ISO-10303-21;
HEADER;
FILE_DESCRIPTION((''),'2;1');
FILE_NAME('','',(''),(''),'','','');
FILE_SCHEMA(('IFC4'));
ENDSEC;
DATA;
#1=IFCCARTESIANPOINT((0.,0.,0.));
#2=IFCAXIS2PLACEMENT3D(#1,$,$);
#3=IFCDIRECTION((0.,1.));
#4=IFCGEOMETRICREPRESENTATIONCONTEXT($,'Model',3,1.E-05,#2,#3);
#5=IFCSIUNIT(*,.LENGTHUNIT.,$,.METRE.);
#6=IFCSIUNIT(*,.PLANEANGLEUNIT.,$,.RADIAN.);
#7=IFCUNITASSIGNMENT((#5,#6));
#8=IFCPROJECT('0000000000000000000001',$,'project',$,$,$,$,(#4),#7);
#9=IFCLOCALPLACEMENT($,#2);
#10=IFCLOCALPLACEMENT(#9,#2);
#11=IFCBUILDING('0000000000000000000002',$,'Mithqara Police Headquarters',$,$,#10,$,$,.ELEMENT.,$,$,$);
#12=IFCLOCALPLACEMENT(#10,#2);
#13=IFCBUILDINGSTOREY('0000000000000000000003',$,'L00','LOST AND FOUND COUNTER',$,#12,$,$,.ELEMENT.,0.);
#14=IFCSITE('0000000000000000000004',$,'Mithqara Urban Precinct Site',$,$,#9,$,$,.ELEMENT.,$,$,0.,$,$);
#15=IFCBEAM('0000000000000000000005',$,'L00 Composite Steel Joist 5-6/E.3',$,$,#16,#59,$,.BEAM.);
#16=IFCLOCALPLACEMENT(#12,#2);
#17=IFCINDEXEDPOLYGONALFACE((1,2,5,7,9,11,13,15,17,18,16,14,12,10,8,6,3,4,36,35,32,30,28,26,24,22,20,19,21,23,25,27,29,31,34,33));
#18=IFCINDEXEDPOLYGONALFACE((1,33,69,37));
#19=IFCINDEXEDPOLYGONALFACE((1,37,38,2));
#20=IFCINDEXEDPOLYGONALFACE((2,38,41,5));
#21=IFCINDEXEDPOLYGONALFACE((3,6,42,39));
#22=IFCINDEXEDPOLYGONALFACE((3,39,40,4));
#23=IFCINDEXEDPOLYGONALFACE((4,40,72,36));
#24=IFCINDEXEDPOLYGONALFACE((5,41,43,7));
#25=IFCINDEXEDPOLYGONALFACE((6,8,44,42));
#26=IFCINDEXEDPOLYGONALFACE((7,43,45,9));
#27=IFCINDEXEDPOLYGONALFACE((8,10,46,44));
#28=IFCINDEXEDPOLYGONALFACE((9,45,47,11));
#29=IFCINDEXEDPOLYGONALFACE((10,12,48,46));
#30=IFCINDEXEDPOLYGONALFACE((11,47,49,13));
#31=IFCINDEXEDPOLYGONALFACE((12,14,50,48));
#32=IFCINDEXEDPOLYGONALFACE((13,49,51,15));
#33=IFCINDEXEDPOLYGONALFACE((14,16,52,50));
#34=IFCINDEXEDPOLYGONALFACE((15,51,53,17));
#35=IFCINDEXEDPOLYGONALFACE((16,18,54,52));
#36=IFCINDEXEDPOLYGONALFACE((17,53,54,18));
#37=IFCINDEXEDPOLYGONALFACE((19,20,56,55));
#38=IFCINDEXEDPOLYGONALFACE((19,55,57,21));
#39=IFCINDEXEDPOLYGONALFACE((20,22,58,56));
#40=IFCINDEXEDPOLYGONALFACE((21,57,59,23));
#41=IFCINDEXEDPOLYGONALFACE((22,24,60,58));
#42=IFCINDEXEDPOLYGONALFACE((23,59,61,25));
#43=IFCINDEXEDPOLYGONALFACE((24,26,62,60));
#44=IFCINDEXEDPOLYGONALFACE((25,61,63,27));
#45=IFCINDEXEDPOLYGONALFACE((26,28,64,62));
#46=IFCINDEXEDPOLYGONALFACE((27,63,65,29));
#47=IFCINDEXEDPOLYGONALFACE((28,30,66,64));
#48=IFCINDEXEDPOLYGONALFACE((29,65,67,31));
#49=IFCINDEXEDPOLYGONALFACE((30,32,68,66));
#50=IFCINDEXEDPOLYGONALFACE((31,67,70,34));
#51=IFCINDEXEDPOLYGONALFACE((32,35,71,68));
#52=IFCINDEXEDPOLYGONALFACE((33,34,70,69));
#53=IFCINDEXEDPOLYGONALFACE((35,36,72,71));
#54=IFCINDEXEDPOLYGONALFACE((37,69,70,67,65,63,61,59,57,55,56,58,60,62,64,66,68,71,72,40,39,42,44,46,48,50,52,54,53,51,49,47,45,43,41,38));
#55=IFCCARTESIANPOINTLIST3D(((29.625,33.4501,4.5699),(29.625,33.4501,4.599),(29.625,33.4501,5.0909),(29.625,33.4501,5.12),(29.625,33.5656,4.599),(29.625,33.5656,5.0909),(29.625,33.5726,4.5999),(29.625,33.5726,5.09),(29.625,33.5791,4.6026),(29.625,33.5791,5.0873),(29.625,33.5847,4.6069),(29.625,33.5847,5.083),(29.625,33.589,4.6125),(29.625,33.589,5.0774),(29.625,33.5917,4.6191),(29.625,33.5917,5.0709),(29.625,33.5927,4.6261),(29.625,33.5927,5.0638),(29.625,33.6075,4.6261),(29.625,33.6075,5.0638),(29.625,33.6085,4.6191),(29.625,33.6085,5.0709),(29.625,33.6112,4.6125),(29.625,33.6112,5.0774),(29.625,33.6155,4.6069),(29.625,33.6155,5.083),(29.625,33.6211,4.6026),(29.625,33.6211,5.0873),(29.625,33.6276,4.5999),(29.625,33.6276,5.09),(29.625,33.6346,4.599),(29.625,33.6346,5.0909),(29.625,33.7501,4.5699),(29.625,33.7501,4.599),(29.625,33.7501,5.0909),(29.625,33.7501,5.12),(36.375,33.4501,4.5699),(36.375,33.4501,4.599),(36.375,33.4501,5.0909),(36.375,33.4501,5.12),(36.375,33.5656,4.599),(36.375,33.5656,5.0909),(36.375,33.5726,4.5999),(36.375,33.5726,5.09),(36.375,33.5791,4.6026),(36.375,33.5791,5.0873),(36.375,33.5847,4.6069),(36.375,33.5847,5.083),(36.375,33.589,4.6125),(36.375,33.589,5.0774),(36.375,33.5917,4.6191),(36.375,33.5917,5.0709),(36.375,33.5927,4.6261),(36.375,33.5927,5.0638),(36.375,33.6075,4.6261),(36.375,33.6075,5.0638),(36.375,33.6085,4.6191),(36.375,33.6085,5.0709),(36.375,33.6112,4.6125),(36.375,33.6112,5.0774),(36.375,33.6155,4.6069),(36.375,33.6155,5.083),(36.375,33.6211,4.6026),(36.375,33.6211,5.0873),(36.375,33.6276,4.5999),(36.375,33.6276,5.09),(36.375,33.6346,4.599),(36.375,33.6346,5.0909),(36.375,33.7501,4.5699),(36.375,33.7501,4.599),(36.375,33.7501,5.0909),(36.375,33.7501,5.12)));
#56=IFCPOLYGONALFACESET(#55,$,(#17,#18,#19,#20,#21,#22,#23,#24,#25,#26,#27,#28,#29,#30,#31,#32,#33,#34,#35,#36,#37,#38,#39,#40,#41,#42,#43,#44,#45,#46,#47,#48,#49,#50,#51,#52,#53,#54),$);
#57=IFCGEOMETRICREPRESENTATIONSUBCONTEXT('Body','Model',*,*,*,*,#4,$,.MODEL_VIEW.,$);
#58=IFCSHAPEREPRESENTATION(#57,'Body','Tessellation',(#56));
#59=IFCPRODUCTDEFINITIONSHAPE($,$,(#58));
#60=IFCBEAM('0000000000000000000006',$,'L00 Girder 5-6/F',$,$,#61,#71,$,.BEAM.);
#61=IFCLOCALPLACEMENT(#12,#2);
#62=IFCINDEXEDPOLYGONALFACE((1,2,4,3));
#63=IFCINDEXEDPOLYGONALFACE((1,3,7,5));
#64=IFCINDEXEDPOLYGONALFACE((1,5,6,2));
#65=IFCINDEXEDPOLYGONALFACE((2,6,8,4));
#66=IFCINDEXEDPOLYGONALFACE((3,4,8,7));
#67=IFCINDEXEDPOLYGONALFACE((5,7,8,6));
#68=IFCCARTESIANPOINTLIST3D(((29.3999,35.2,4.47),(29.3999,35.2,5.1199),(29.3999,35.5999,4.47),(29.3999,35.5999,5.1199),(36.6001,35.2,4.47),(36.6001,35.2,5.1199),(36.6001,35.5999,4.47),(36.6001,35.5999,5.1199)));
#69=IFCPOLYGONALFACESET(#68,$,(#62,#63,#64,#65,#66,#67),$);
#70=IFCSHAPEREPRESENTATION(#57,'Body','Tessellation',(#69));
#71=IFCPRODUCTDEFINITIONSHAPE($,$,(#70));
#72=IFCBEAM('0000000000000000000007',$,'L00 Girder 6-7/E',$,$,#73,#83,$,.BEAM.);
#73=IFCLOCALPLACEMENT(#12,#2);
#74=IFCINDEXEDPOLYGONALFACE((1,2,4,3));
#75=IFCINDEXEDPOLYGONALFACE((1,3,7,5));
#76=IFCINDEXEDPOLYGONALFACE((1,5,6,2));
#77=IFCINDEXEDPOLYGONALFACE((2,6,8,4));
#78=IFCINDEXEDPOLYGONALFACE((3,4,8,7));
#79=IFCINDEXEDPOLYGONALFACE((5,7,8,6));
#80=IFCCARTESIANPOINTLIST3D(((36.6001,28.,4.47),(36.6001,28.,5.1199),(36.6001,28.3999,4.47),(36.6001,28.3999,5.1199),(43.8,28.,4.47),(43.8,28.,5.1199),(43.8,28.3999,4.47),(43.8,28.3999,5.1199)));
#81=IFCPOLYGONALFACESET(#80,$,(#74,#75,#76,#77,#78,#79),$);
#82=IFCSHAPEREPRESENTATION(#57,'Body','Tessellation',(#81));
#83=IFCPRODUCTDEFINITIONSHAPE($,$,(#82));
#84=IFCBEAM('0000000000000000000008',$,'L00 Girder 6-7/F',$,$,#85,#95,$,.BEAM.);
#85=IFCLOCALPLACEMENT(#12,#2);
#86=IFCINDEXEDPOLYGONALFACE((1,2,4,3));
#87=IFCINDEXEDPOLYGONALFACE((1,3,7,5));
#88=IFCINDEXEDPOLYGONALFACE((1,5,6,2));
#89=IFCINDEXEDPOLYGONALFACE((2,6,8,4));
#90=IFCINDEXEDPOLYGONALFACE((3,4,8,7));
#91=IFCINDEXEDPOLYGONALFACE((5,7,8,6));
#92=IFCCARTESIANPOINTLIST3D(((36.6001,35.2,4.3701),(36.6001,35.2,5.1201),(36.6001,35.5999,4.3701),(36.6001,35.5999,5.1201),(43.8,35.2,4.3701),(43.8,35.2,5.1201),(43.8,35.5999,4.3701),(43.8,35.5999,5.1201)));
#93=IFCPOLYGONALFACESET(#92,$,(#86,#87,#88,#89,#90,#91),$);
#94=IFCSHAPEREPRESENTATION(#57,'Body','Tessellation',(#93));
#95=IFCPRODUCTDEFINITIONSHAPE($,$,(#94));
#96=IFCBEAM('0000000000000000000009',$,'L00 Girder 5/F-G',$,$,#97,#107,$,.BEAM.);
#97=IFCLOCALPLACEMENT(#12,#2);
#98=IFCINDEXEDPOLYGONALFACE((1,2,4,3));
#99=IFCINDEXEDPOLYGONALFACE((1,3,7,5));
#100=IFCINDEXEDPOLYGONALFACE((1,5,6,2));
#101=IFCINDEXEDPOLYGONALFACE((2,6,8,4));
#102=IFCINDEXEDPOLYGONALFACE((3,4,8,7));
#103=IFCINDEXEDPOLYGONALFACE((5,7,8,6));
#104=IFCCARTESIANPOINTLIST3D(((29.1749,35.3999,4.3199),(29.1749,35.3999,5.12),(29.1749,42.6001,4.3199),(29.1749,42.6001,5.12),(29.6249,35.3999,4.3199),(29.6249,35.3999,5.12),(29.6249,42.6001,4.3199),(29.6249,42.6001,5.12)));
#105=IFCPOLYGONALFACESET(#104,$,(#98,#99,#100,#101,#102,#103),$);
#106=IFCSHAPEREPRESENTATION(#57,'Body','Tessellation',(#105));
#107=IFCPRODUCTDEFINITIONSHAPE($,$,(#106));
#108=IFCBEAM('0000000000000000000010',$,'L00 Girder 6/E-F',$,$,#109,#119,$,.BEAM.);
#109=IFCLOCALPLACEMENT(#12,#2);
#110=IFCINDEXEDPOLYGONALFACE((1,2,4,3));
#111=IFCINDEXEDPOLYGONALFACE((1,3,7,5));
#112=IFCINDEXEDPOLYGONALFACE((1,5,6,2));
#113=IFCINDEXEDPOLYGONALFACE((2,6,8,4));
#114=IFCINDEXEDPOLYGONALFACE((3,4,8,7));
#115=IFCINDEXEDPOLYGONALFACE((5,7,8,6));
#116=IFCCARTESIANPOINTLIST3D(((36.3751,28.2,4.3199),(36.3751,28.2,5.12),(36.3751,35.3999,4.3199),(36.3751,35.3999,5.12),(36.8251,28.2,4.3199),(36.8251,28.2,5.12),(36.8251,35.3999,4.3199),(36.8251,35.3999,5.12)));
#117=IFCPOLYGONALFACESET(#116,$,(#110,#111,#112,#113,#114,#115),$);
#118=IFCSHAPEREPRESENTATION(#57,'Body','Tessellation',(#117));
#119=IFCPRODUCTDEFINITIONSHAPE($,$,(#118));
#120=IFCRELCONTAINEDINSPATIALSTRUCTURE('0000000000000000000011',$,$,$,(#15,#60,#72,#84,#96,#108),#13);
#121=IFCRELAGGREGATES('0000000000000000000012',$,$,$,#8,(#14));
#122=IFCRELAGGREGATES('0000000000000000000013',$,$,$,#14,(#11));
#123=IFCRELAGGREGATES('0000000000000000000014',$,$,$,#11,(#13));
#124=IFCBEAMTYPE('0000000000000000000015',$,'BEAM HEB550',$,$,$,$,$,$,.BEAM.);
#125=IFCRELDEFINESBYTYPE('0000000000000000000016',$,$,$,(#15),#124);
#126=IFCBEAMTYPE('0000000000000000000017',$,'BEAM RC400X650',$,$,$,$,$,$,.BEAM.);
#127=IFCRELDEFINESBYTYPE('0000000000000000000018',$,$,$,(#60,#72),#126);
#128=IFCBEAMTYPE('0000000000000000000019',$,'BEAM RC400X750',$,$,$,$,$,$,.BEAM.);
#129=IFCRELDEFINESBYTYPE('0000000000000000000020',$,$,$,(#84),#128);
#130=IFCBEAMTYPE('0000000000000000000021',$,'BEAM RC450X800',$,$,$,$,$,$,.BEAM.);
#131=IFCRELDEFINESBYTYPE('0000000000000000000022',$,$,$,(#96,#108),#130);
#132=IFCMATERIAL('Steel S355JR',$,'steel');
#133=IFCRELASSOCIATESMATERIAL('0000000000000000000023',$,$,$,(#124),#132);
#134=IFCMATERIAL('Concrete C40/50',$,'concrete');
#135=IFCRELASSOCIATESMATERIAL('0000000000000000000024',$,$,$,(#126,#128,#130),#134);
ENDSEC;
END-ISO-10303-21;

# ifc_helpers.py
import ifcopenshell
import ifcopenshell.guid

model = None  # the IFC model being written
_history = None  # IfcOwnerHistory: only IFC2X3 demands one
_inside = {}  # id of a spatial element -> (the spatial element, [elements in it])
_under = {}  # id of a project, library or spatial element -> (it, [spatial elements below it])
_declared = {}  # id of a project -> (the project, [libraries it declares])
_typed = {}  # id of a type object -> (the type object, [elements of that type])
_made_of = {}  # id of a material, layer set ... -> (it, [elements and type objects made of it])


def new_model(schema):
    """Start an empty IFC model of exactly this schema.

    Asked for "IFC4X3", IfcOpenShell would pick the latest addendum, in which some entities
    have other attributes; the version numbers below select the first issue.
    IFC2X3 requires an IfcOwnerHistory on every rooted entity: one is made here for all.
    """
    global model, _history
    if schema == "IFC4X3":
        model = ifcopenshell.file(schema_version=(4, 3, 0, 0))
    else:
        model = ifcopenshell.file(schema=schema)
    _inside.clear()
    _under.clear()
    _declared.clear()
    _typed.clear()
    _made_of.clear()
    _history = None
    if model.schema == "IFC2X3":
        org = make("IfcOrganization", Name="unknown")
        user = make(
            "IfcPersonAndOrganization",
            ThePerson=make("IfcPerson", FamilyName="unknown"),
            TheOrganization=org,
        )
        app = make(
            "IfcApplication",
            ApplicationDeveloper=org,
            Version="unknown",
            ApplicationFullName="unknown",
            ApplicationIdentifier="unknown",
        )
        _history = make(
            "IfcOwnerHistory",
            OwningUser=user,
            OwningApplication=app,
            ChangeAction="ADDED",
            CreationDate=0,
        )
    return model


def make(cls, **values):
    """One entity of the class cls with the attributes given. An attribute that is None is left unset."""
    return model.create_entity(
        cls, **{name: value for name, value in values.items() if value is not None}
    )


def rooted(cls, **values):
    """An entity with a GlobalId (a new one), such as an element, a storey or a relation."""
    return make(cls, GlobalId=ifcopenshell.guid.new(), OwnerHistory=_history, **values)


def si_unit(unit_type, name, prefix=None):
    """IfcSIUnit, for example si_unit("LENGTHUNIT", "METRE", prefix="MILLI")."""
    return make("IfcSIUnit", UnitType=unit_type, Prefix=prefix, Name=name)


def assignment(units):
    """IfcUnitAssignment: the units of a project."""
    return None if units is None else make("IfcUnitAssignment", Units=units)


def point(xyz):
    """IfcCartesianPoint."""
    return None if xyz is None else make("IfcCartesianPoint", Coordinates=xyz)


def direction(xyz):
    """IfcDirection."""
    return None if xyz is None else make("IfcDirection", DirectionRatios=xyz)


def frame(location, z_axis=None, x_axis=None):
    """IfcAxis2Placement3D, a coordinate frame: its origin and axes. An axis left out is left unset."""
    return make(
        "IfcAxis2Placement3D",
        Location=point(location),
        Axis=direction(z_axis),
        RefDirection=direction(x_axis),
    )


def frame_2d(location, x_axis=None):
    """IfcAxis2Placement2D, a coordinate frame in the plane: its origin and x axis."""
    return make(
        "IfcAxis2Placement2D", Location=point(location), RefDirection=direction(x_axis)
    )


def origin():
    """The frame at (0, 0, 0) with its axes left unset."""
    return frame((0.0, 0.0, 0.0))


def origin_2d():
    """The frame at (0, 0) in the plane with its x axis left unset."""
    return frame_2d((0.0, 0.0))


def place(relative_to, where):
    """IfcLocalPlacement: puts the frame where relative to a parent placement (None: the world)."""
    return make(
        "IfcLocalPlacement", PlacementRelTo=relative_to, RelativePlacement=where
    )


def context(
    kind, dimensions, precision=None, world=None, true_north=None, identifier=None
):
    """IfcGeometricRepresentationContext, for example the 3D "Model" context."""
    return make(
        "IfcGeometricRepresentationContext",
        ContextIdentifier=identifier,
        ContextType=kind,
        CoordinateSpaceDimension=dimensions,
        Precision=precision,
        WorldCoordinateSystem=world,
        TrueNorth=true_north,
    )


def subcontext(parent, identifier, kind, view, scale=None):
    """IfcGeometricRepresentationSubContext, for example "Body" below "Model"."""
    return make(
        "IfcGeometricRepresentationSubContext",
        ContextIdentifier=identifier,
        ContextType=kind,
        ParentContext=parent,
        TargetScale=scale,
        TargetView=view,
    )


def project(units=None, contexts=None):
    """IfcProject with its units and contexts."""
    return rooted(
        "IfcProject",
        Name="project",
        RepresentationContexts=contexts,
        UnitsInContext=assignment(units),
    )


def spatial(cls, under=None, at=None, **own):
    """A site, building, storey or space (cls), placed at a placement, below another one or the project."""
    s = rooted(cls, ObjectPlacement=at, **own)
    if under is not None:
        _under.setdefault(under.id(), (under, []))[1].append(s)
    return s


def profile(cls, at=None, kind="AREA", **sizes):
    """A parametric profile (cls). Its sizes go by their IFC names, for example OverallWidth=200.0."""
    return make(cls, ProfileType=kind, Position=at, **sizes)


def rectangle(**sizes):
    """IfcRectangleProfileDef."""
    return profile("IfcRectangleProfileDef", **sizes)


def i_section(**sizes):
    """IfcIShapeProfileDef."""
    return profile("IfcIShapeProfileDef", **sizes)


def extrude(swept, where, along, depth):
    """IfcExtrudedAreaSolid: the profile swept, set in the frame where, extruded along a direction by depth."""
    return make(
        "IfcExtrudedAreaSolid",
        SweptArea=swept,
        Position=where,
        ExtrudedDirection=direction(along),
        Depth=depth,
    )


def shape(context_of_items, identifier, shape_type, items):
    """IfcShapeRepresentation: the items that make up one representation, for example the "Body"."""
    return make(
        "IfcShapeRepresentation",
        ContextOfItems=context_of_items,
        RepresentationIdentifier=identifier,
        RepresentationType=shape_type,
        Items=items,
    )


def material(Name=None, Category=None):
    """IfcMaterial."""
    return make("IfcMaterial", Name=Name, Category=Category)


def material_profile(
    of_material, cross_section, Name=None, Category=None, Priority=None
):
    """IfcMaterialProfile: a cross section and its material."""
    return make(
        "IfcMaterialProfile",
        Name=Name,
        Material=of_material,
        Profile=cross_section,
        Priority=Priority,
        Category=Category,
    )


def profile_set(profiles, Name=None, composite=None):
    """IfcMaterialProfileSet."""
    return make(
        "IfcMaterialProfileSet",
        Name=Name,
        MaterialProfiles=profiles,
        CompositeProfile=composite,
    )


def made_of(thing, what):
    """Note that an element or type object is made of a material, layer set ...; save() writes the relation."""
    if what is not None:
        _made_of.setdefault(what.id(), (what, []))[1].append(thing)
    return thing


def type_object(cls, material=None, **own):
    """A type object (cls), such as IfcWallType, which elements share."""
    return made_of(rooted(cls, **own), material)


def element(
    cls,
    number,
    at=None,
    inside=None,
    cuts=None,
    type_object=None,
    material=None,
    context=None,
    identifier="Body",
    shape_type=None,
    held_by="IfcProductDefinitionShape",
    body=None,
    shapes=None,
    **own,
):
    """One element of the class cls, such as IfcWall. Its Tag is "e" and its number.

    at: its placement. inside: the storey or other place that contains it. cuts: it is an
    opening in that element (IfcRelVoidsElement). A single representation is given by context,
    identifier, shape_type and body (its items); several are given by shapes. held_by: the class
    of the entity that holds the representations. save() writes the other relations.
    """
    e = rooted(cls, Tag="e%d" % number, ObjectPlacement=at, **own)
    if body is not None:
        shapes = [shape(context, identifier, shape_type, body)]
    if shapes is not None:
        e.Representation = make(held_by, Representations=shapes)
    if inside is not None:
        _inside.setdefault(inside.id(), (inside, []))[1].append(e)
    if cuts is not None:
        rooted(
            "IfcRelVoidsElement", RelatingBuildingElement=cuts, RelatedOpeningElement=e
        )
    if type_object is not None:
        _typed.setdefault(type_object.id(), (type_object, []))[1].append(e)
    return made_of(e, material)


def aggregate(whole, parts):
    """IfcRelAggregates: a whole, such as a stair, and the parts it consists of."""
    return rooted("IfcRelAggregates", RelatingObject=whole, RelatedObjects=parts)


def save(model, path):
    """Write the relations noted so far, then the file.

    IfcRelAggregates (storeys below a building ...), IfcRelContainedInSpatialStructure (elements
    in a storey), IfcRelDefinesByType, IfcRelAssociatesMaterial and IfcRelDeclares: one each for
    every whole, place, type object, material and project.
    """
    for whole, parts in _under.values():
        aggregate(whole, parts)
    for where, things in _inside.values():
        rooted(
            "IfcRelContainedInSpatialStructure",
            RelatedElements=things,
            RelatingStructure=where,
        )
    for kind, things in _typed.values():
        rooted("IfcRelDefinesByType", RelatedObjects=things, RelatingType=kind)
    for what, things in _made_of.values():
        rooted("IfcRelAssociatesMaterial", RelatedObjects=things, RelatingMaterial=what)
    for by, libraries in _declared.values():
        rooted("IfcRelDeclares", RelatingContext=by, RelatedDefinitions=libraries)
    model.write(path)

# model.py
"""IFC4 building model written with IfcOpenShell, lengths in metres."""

from ifc_helpers import new_model, si_unit, direction, frame, origin, origin_2d, place, context, subcontext, project, spatial, rectangle, i_section, extrude, material, material_profile, profile_set, type_object, element, save


model = new_model("IFC4")

# Units and contexts
model_context = context("Model", 3, precision=1e-05, world=origin(), true_north=direction((0.0, 1.0)))
body_context = subcontext(model_context, "Body", "Model", "MODEL_VIEW")
ifc_project = project(units=[si_unit("LENGTHUNIT", "METRE"), si_unit("PLANEANGLEUNIT", "RADIAN")], contexts=[model_context])

# Site, building, storey
site_placement = place(None, origin())
site = spatial("IfcSite", under=ifc_project, at=site_placement, Name="Mithqara Urban Precinct Site", CompositionType="ELEMENT", RefElevation=0.0)
building_placement = place(site_placement, origin())
building = spatial("IfcBuilding", under=site, at=building_placement, Name="Mithqara Police Headquarters", CompositionType="ELEMENT")
storey_placement = place(building_placement, origin())
storey = spatial("IfcBuildingStorey", under=building, at=storey_placement, Name="L00", Description="LOST AND FOUND COUNTER", CompositionType="ELEMENT", Elevation=0.0)

# Beams
ifc_material_1 = material(Name="Steel S355JR", Category="steel")
ifc_material_profile_1 = material_profile(ifc_material_1, i_section(OverallWidth=0.3, OverallDepth=0.55, WebThickness=0.0149, FlangeThickness=0.0291, FilletRadius=0.0271, at=origin_2d()), Name="HEB 550")
ifc_profile_set_1 = profile_set([ifc_material_profile_1], Name="Steel S355JR")
beam_type_1 = type_object("IfcBeamType", Name="BEAM HEB550", PredefinedType="BEAM", material=ifc_profile_set_1)
for number, where, z_axis, x_axis, name in (
    (1, (29.625, 33.6001, 4.845), (1.0, 0.0, 0.0), (0.0, 1.0, 0.0), "L00 Composite Steel Joist 5-6/E.3"),
):
    element("IfcBeam", number, at=place(storey_placement, frame(where, z_axis=z_axis, x_axis=x_axis)), inside=storey, type_object=beam_type_1, Name=name, PredefinedType="BEAM", context=body_context, shape_type="SweptSolid", body=[
        extrude(i_section(OverallWidth=0.3, OverallDepth=0.55, WebThickness=0.0149, FlangeThickness=0.0291, FilletRadius=0.0271, at=origin_2d()), origin(), (0.0, 0.0, 1.0), 6.75),
    ])
ifc_material_2 = material(Name="Concrete C40/50", Category="concrete")
ifc_material_profile_2 = material_profile(ifc_material_2, rectangle(XDim=0.3999, YDim=0.6499, at=origin_2d()), Name="RC 400x650")
ifc_profile_set_2 = profile_set([ifc_material_profile_2], Name="Concrete C40/50")
beam_type_2 = type_object("IfcBeamType", Name="BEAM RC400X650", PredefinedType="BEAM", material=ifc_profile_set_2)
beam_1_placement = place(storey_placement, frame((29.3999, 35.3999, 4.7949), z_axis=(1.0, 0.0, 0.0), x_axis=(0.0, 1.0, 0.0)))
element("IfcBeam", 2, at=beam_1_placement, inside=storey, type_object=beam_type_2, Name="L00 Girder 5-6/F", PredefinedType="BEAM", context=body_context, shape_type="SweptSolid", body=[
    extrude(rectangle(XDim=0.3999, YDim=0.6499, at=origin_2d()), origin(), (0.0, 0.0, 1.0), 7.2002),
])
beam_2_placement = place(storey_placement, frame((36.6001, 28.2, 4.7949), z_axis=(1.0, 0.0, 0.0), x_axis=(0.0, 1.0, 0.0)))
element("IfcBeam", 3, at=beam_2_placement, inside=storey, type_object=beam_type_2, Name="L00 Girder 6-7/E", PredefinedType="BEAM", context=body_context, shape_type="SweptSolid", body=[
    extrude(rectangle(XDim=0.3999, YDim=0.6499, at=origin_2d()), origin(), (0.0, 0.0, 1.0), 7.2),
])
ifc_material_profile_3 = material_profile(ifc_material_2, rectangle(XDim=0.3999, YDim=0.75, at=origin_2d()), Name="RC 400x750")
ifc_profile_set_3 = profile_set([ifc_material_profile_3], Name="Concrete C40/50")
beam_type_3 = type_object("IfcBeamType", Name="BEAM RC400X750", PredefinedType="BEAM", material=ifc_profile_set_3)
beam_3_placement = place(storey_placement, frame((36.6001, 35.3999, 4.7451), z_axis=(1.0, 0.0, 0.0), x_axis=(0.0, 1.0, 0.0)))
element("IfcBeam", 4, at=beam_3_placement, inside=storey, type_object=beam_type_3, Name="L00 Girder 6-7/F", PredefinedType="BEAM", context=body_context, shape_type="SweptSolid", body=[
    extrude(rectangle(XDim=0.3999, YDim=0.75, at=origin_2d()), origin(), (0.0, 0.0, 1.0), 7.2),
])
ifc_material_profile_4 = material_profile(ifc_material_2, rectangle(XDim=0.45, YDim=0.8, at=origin_2d()), Name="RC 450x800")
ifc_profile_set_4 = profile_set([ifc_material_profile_4], Name="Concrete C40/50")
beam_type_4 = type_object("IfcBeamType", Name="BEAM RC450X800", PredefinedType="BEAM", material=ifc_profile_set_4)
beam_4_placement = place(storey_placement, frame((29.3999, 35.3999, 4.72), z_axis=(0.0, 1.0, 0.0), x_axis=(-1.0, 0.0, 0.0)))
element("IfcBeam", 5, at=beam_4_placement, inside=storey, type_object=beam_type_4, Name="L00 Girder 5/F-G", PredefinedType="BEAM", context=body_context, shape_type="SweptSolid", body=[
    extrude(rectangle(XDim=0.45, YDim=0.8, at=origin_2d()), origin(), (0.0, 0.0, 1.0), 7.2002),
])
beam_5_placement = place(storey_placement, frame((36.6001, 28.2, 4.72), z_axis=(0.0, 1.0, 0.0), x_axis=(-1.0, 0.0, 0.0)))
element("IfcBeam", 6, at=beam_5_placement, inside=storey, type_object=beam_type_4, Name="L00 Girder 6/E-F", PredefinedType="BEAM", context=body_context, shape_type="SweptSolid", body=[
    extrude(rectangle(XDim=0.45, YDim=0.8, at=origin_2d()), origin(), (0.0, 0.0, 1.0), 7.2),
])

save(model, "model.ifc")
